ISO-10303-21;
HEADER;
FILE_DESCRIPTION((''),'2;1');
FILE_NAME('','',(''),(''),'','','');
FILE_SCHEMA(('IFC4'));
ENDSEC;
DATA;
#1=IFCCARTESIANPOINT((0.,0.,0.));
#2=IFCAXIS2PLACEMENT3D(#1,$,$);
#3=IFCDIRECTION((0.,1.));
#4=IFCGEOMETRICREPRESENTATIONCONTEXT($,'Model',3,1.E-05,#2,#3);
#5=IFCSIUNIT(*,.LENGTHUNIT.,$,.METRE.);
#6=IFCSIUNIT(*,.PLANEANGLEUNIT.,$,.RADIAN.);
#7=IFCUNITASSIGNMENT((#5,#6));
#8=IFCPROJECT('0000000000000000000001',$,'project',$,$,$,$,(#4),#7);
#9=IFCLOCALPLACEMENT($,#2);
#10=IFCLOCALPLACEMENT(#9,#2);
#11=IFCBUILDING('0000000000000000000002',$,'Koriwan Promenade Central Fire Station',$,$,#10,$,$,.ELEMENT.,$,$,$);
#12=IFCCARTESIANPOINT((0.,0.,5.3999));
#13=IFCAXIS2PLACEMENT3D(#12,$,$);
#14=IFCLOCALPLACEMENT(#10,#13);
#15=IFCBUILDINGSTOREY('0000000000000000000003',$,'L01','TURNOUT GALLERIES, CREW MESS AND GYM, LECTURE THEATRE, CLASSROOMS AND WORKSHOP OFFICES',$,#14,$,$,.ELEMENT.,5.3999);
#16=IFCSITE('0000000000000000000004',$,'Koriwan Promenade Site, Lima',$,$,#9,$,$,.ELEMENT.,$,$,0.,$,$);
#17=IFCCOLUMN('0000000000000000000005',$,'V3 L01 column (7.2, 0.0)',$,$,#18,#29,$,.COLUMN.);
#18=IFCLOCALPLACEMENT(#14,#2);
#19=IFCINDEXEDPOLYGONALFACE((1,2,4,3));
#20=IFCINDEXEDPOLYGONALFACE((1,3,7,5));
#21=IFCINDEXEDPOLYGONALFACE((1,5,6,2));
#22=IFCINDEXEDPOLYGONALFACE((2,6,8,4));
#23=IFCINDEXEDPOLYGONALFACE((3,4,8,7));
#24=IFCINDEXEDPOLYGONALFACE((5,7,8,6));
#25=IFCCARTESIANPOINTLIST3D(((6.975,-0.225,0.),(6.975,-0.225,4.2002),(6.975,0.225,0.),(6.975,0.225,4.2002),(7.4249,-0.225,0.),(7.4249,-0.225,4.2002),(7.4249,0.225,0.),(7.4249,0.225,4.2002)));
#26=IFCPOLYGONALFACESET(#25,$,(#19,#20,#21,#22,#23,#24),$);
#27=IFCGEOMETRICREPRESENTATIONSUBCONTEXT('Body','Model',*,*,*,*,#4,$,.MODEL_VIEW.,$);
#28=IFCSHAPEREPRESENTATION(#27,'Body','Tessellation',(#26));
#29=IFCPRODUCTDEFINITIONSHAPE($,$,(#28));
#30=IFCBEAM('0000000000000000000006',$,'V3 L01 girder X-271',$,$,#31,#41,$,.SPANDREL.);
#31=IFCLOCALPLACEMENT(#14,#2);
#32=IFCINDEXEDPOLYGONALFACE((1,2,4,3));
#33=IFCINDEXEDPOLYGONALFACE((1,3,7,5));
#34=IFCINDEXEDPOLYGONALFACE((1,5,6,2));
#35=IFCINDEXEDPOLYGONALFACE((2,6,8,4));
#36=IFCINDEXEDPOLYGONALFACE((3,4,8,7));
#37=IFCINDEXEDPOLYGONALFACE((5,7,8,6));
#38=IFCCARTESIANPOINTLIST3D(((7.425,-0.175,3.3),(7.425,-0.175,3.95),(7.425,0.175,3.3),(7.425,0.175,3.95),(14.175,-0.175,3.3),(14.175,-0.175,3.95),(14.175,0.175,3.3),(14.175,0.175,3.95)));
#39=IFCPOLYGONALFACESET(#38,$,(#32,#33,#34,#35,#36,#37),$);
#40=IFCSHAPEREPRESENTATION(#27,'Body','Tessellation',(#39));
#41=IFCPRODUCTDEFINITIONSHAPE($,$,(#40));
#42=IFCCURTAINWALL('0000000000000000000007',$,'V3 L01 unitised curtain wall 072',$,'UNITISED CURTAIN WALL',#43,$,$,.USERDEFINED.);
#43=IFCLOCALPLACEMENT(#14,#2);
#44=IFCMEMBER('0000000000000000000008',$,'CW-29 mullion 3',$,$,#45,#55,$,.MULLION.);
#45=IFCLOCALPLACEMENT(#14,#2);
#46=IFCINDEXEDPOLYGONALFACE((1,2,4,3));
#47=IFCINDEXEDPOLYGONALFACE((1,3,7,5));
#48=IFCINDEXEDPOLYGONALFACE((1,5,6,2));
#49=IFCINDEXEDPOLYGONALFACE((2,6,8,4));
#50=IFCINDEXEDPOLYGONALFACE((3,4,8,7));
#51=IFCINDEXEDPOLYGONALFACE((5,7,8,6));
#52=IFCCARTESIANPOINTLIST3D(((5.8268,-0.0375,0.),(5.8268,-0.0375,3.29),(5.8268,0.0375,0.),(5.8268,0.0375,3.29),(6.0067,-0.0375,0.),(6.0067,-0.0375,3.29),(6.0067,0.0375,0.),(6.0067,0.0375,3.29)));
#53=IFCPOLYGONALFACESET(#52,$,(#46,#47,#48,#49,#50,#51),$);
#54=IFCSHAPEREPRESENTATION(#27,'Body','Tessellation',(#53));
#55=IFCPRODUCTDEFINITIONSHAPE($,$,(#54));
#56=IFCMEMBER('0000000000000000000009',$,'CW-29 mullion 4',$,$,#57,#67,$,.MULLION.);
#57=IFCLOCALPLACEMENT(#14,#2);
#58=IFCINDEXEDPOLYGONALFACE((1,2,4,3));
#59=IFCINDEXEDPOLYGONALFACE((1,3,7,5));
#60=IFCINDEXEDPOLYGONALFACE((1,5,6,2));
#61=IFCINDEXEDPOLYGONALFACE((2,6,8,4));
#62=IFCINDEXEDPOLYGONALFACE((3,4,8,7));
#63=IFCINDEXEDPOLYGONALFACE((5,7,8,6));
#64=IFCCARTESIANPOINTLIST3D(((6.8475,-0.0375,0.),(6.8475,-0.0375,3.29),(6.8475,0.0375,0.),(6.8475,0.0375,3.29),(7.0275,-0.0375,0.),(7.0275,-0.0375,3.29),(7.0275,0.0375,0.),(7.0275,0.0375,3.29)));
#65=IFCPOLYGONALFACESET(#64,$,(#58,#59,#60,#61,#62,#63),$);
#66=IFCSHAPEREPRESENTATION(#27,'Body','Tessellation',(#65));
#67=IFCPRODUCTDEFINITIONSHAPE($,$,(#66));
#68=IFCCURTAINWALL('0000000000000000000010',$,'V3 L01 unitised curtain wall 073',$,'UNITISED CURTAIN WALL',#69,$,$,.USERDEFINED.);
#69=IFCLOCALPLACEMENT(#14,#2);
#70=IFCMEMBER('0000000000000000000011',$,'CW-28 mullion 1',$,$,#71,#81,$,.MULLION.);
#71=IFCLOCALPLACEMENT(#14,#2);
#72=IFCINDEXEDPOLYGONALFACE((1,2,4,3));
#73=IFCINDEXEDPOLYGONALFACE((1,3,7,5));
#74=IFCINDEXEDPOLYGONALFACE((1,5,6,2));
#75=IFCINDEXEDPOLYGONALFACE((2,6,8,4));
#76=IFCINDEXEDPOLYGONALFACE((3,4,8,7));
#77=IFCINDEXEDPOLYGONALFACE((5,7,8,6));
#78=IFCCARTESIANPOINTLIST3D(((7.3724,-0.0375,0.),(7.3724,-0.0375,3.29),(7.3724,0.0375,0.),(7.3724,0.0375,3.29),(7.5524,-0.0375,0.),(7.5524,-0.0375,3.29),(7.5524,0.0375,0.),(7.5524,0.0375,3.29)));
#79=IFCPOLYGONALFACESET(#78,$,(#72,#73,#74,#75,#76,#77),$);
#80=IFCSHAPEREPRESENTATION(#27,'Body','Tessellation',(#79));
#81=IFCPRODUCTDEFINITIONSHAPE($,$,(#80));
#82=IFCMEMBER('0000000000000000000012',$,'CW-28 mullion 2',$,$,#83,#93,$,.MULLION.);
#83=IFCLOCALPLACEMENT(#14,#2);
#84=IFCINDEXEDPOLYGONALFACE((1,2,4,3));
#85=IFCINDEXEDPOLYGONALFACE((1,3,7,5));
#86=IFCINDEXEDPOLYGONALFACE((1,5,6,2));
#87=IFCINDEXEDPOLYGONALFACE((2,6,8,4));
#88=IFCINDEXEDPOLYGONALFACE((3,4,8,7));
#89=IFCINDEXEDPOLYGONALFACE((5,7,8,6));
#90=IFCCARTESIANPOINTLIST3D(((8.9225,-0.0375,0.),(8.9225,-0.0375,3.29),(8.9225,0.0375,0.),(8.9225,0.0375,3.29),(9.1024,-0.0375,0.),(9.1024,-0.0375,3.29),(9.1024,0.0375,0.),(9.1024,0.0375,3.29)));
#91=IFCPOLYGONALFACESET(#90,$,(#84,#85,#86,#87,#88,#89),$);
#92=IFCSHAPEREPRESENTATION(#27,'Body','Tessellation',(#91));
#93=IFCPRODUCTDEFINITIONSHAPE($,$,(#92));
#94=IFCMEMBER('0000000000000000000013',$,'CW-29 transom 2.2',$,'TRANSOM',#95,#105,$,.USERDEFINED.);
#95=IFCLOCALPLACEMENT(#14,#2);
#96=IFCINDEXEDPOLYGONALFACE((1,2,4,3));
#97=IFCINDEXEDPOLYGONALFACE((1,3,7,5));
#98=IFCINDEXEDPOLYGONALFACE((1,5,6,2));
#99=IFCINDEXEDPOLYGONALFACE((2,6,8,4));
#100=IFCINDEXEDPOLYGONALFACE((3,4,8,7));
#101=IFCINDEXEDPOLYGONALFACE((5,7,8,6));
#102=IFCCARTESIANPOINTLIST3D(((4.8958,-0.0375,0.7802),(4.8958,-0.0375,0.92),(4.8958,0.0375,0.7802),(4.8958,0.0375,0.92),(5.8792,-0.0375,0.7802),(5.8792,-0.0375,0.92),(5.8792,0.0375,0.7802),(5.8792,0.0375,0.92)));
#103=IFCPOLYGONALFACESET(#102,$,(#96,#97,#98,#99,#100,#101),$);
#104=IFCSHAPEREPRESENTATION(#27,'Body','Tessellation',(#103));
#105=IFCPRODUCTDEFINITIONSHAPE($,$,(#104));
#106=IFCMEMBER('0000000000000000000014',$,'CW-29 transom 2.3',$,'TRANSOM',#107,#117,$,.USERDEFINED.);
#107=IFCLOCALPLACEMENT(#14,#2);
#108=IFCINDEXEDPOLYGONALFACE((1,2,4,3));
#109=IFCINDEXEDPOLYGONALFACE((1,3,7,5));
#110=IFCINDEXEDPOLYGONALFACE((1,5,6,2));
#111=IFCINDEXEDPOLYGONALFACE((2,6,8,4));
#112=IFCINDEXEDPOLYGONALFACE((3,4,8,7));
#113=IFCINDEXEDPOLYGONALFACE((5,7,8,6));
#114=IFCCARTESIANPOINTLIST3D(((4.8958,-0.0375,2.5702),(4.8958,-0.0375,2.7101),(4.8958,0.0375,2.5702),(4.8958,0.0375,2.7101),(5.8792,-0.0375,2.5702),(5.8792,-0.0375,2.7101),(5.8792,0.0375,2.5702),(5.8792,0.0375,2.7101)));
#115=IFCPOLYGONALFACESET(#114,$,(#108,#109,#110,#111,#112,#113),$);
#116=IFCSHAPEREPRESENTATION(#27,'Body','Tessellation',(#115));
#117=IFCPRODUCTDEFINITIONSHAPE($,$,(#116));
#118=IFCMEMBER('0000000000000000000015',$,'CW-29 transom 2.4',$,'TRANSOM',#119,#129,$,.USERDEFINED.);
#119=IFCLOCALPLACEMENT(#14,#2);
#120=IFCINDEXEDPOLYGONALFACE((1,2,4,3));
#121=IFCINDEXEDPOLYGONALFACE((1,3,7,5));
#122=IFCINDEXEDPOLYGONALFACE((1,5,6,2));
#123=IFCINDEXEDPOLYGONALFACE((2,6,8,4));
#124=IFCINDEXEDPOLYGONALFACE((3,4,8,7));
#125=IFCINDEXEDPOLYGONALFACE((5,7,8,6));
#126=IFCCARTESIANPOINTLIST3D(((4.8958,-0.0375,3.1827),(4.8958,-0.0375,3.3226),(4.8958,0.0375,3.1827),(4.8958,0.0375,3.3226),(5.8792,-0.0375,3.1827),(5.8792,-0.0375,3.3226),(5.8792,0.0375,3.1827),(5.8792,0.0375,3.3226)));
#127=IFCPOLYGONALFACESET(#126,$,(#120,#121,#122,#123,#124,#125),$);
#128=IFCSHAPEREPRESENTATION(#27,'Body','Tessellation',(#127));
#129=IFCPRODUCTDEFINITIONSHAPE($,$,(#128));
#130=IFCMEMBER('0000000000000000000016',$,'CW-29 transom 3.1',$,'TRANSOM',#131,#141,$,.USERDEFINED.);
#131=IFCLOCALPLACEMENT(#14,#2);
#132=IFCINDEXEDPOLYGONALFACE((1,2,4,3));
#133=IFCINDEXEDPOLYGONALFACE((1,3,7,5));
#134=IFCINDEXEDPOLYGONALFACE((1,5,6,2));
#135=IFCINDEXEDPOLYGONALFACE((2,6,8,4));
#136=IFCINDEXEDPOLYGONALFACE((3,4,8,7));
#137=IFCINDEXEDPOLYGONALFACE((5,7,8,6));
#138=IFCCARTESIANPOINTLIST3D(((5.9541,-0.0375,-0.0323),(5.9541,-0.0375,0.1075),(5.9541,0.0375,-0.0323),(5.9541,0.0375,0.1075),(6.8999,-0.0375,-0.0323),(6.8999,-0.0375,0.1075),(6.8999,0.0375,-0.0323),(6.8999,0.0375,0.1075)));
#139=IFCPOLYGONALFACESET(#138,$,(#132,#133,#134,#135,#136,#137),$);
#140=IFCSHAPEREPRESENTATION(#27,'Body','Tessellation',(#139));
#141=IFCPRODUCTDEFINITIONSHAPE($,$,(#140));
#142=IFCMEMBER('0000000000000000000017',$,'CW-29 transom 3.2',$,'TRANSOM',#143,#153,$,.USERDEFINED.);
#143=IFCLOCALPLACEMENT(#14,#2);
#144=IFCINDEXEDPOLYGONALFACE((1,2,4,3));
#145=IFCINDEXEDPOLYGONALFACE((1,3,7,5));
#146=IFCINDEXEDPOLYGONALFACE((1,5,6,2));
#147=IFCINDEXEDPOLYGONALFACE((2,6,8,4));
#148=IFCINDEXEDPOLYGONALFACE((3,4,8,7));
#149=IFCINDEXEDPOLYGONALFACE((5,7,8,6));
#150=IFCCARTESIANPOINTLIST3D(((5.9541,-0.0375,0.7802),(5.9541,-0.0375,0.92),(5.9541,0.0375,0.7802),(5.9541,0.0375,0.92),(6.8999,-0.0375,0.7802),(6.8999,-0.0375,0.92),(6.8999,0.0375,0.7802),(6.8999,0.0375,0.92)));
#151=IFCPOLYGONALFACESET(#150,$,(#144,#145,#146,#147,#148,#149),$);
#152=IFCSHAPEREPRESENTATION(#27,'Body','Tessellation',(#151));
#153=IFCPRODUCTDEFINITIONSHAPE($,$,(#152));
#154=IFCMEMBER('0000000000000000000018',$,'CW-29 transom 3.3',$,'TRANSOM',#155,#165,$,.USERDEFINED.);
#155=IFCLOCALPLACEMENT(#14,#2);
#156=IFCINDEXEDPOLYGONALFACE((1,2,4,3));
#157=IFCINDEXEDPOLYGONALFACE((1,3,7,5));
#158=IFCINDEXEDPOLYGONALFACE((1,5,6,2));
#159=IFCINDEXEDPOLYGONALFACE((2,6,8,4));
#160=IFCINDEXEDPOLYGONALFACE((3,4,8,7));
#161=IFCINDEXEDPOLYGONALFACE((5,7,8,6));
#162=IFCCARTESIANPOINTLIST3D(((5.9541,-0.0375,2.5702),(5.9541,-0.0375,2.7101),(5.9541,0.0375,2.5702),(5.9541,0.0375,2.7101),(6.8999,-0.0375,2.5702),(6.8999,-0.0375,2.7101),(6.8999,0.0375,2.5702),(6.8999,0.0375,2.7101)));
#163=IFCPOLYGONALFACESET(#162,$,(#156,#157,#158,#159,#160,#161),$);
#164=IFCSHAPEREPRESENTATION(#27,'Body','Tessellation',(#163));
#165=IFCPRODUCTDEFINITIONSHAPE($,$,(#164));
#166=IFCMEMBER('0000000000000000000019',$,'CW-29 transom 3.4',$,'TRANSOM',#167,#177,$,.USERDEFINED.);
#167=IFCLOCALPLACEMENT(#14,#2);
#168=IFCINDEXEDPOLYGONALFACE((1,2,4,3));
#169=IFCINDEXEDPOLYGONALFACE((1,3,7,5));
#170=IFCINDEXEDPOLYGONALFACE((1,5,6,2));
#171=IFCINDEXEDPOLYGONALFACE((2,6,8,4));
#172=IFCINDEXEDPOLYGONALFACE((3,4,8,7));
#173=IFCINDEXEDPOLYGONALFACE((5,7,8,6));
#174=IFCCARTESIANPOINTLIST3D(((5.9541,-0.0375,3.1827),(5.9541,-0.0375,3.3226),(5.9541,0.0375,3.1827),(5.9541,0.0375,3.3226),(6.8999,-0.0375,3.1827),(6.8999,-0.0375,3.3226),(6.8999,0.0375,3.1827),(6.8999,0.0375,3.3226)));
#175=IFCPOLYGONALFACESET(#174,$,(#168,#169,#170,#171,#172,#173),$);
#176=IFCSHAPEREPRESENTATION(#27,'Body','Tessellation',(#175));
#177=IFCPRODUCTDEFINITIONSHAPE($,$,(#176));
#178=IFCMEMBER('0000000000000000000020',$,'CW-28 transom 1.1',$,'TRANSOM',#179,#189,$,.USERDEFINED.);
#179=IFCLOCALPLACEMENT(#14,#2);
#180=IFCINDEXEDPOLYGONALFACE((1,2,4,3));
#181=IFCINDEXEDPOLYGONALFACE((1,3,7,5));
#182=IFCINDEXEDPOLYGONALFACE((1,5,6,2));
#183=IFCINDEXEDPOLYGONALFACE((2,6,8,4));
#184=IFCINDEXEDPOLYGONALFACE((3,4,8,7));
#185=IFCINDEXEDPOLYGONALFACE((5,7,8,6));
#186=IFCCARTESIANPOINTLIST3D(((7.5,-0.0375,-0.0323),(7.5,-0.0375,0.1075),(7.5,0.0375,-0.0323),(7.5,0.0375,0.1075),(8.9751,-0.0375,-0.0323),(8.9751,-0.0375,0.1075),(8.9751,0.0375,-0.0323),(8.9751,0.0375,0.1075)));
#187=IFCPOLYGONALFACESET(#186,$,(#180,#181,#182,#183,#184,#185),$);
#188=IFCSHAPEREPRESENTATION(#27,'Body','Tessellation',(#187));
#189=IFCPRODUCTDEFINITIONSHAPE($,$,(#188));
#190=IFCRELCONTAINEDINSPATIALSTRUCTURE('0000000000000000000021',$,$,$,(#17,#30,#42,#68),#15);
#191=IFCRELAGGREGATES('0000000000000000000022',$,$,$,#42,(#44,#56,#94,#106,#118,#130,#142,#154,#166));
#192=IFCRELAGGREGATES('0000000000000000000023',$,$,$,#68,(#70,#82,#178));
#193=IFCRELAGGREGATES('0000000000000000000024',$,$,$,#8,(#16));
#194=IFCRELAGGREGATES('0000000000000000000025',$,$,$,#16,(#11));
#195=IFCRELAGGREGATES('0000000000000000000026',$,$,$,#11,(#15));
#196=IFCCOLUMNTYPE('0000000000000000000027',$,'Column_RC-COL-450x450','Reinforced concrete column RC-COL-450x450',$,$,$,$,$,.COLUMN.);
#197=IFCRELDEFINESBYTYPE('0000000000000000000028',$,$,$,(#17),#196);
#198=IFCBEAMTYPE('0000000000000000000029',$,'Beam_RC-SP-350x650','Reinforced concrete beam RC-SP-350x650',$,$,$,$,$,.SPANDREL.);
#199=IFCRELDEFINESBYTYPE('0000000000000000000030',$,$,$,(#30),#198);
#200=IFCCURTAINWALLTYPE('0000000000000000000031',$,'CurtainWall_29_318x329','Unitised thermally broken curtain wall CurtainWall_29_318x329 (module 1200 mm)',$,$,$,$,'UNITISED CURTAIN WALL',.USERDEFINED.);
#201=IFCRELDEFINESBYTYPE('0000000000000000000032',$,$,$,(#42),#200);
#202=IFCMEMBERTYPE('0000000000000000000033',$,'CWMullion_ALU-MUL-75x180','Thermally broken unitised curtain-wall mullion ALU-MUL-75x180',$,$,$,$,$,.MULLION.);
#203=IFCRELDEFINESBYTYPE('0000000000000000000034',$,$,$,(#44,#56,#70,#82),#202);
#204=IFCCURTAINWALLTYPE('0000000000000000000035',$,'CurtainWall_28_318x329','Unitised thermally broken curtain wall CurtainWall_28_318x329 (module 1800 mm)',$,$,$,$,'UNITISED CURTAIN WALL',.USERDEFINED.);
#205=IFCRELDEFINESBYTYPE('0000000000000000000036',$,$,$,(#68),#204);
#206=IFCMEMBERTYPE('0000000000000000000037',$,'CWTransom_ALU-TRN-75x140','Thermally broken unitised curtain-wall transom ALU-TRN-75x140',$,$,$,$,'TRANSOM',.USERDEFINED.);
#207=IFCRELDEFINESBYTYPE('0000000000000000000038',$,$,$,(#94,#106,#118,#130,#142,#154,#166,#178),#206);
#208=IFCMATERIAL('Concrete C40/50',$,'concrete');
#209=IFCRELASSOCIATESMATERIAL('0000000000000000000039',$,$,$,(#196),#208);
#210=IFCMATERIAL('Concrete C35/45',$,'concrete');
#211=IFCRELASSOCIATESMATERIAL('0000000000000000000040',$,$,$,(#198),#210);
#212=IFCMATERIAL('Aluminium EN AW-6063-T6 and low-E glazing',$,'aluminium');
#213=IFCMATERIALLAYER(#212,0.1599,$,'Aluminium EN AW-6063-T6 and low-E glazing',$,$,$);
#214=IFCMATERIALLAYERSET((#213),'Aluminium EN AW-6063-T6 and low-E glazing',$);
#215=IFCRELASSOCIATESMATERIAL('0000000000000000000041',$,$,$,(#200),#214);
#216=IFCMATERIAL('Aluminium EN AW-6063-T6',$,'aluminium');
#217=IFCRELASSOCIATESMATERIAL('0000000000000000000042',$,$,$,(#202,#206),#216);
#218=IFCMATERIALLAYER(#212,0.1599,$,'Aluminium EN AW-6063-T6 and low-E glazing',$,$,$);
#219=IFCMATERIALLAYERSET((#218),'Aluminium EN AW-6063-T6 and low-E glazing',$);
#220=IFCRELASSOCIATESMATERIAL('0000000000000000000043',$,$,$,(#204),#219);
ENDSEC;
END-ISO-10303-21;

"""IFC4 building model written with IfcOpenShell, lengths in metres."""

from ifc_helpers import new_model, si_unit, direction, frame, origin, origin_2d, place, context, subcontext, project, spatial, rectangle, extrude, material, layer, layer_set, material_profile, profile_set, type_object, element, aggregate, save


model = new_model("IFC4")

# Units and contexts
model_context = context("Model", 3, precision=1e-05, world=origin(), true_north=direction((0.0, 1.0)))
body_context = subcontext(model_context, "Body", "Model", "MODEL_VIEW")
ifc_project = project(units=[si_unit("LENGTHUNIT", "METRE"), si_unit("PLANEANGLEUNIT", "RADIAN")], contexts=[model_context])

# Site, building, storey
site_placement = place(None, origin())
site = spatial("IfcSite", under=ifc_project, at=site_placement, Name="Koriwan Promenade Site, Lima", CompositionType="ELEMENT", RefElevation=0.0)
building_placement = place(site_placement, origin())
building = spatial("IfcBuilding", under=site, at=building_placement, Name="Koriwan Promenade Central Fire Station", CompositionType="ELEMENT")
storey_placement = place(building_placement, frame((0.0, 0.0, 5.3999)))
storey = spatial("IfcBuildingStorey", under=building, at=storey_placement, Name="L01", Description="TURNOUT GALLERIES, CREW MESS AND GYM, LECTURE THEATRE, CLASSROOMS AND WORKSHOP OFFICES", CompositionType="ELEMENT", Elevation=5.3999)

# Column
ifc_material_1 = material(Name="Concrete C40/50", Category="concrete")
ifc_material_profile_1 = material_profile(ifc_material_1, rectangle(XDim=0.45, YDim=0.45, at=origin_2d()), Name="RC-COL-450x450")
ifc_profile_set_1 = profile_set([ifc_material_profile_1], Name="Concrete C40/50")
column_type = type_object("IfcColumnType", Name="Column_RC-COL-450x450", Description="Reinforced concrete column RC-COL-450x450", PredefinedType="COLUMN", material=ifc_profile_set_1)
column_placement = place(storey_placement, frame((7.2, 0.0, 0.0), z_axis=(0.0, 0.0, 1.0), x_axis=(1.0, 0.0, 0.0)))
element("IfcColumn", 1, at=column_placement, inside=storey, type_object=column_type, Name="V3 L01 column (7.2, 0.0)", PredefinedType="COLUMN", context=body_context, shape_type="SweptSolid", body=[
    extrude(rectangle(XDim=0.45, YDim=0.45, at=origin_2d()), origin(), (0.0, 0.0, 1.0), 4.2002),
])

# Beam
ifc_material_2 = material(Name="Concrete C35/45", Category="concrete")
ifc_material_profile_2 = material_profile(ifc_material_2, rectangle(XDim=0.3501, YDim=0.6499, at=origin_2d()), Name="RC-SP-350x650")
ifc_profile_set_2 = profile_set([ifc_material_profile_2], Name="Concrete C35/45")
beam_type_1 = type_object("IfcBeamType", Name="Beam_RC-SP-350x650", Description="Reinforced concrete beam RC-SP-350x650", PredefinedType="SPANDREL", material=ifc_profile_set_2)
beam_1_placement = place(storey_placement, frame((7.425, 0.0, 3.625), z_axis=(1.0, 0.0, 0.0), x_axis=(0.0, 1.0, 0.0)))
element("IfcBeam", 2, at=beam_1_placement, inside=storey, type_object=beam_type_1, Name="V3 L01 girder X-271", PredefinedType="SPANDREL", context=body_context, shape_type="SweptSolid", body=[
    extrude(rectangle(XDim=0.3501, YDim=0.6499, at=origin_2d()), origin(), (0.0, 0.0, 1.0), 6.75),
])

# Curtain walls, members
ifc_material_3 = material(Name="Aluminium EN AW-6063-T6 and low-E glazing", Category="aluminium")
ifc_layer_1 = layer(ifc_material_3, 0.1599, Name="Aluminium EN AW-6063-T6 and low-E glazing")
ifc_layer_set_1 = layer_set([ifc_layer_1], Name="Aluminium EN AW-6063-T6 and low-E glazing")
curtain_wall_type_1 = type_object("IfcCurtainWallType", Name="CurtainWall_29_318x329", Description="Unitised thermally broken curtain wall CurtainWall_29_318x329 (module 1200 mm)", ElementType="UNITISED CURTAIN WALL", PredefinedType="USERDEFINED", material=ifc_layer_set_1)
curtain_wall_1_placement = place(storey_placement, origin())
curtain_wall_1 = element("IfcCurtainWall", 3, at=curtain_wall_1_placement, inside=storey, type_object=curtain_wall_type_1, Name="V3 L01 unitised curtain wall 072", ObjectType="UNITISED CURTAIN WALL", PredefinedType="USERDEFINED")
ifc_material_4 = material(Name="Aluminium EN AW-6063-T6", Category="aluminium")
ifc_material_profile_3 = material_profile(ifc_material_4, rectangle(XDim=0.075, YDim=0.1799, at=origin_2d()), Name="ALU-MUL-75x180")
ifc_profile_set_3 = profile_set([ifc_material_profile_3], Name="Aluminium EN AW-6063-T6")
member_type_1 = type_object("IfcMemberType", Name="CWMullion_ALU-MUL-75x180", Description="Thermally broken unitised curtain-wall mullion ALU-MUL-75x180", PredefinedType="MULLION", material=ifc_profile_set_3)
member_1_placement = place(storey_placement, frame((5.9167, 0.0, 0.0), z_axis=(0.0, 0.0, 1.0), x_axis=(0.0, 1.0, 0.0)))
member_1 = element("IfcMember", 4, at=member_1_placement, type_object=member_type_1, Name="CW-29 mullion 3", PredefinedType="MULLION", context=body_context, shape_type="SweptSolid", body=[
    extrude(rectangle(XDim=0.075, YDim=0.1799, at=origin_2d()), origin(), (0.0, 0.0, 1.0), 3.29),
])
member_2_placement = place(storey_placement, frame((6.9375, 0.0, 0.0), z_axis=(0.0, 0.0, 1.0), x_axis=(0.0, 1.0, 0.0)))
member_2 = element("IfcMember", 5, at=member_2_placement, type_object=member_type_1, Name="CW-29 mullion 4", PredefinedType="MULLION", context=body_context, shape_type="SweptSolid", body=[
    extrude(rectangle(XDim=0.075, YDim=0.1799, at=origin_2d()), origin(), (0.0, 0.0, 1.0), 3.29),
])
ifc_layer_2 = layer(ifc_material_3, 0.1599, Name="Aluminium EN AW-6063-T6 and low-E glazing")
ifc_layer_set_2 = layer_set([ifc_layer_2], Name="Aluminium EN AW-6063-T6 and low-E glazing")
curtain_wall_type_2 = type_object("IfcCurtainWallType", Name="CurtainWall_28_318x329", Description="Unitised thermally broken curtain wall CurtainWall_28_318x329 (module 1800 mm)", ElementType="UNITISED CURTAIN WALL", PredefinedType="USERDEFINED", material=ifc_layer_set_2)
curtain_wall_2_placement = place(storey_placement, origin())
curtain_wall_2 = element("IfcCurtainWall", 6, at=curtain_wall_2_placement, inside=storey, type_object=curtain_wall_type_2, Name="V3 L01 unitised curtain wall 073", ObjectType="UNITISED CURTAIN WALL", PredefinedType="USERDEFINED")
member_3_placement = place(storey_placement, frame((7.4624, 0.0, 0.0), z_axis=(0.0, 0.0, 1.0), x_axis=(0.0, 1.0, 0.0)))
member_3 = element("IfcMember", 7, at=member_3_placement, type_object=member_type_1, Name="CW-28 mullion 1", PredefinedType="MULLION", context=body_context, shape_type="SweptSolid", body=[
    extrude(rectangle(XDim=0.075, YDim=0.1799, at=origin_2d()), origin(), (0.0, 0.0, 1.0), 3.29),
])
member_4_placement = place(storey_placement, frame((9.0125, 0.0, 0.0), z_axis=(0.0, 0.0, 1.0), x_axis=(0.0, 1.0, 0.0)))
member_4 = element("IfcMember", 8, at=member_4_placement, type_object=member_type_1, Name="CW-28 mullion 2", PredefinedType="MULLION", context=body_context, shape_type="SweptSolid", body=[
    extrude(rectangle(XDim=0.075, YDim=0.1799, at=origin_2d()), origin(), (0.0, 0.0, 1.0), 3.29),
])

# Members
ifc_material_profile_4 = material_profile(ifc_material_4, rectangle(XDim=0.075, YDim=0.1399, at=origin_2d()), Name="ALU-TRN-75x140")
ifc_profile_set_4 = profile_set([ifc_material_profile_4], Name="Aluminium EN AW-6063-T6")
member_type_2 = type_object("IfcMemberType", Name="CWTransom_ALU-TRN-75x140", Description="Thermally broken unitised curtain-wall transom ALU-TRN-75x140", ElementType="TRANSOM", PredefinedType="USERDEFINED", material=ifc_profile_set_4)
member_5_placement = place(storey_placement, frame((4.8958, 0.0, 0.8501), z_axis=(1.0, 0.0, 0.0), x_axis=(0.0, 1.0, 0.0)))
member_5 = element("IfcMember", 9, at=member_5_placement, type_object=member_type_2, Name="CW-29 transom 2.2", ObjectType="TRANSOM", PredefinedType="USERDEFINED", context=body_context, shape_type="SweptSolid", body=[
    extrude(rectangle(XDim=0.075, YDim=0.1399, at=origin_2d()), origin(), (0.0, 0.0, 1.0), 0.9834),
])
member_6_placement = place(storey_placement, frame((4.8958, 0.0, 2.6401), z_axis=(1.0, 0.0, 0.0), x_axis=(0.0, 1.0, 0.0)))
member_6 = element("IfcMember", 10, at=member_6_placement, type_object=member_type_2, Name="CW-29 transom 2.3", ObjectType="TRANSOM", PredefinedType="USERDEFINED", context=body_context, shape_type="SweptSolid", body=[
    extrude(rectangle(XDim=0.075, YDim=0.1399, at=origin_2d()), origin(), (0.0, 0.0, 1.0), 0.9834),
])
member_7_placement = place(storey_placement, frame((4.8958, 0.0, 3.2527), z_axis=(1.0, 0.0, 0.0), x_axis=(0.0, 1.0, 0.0)))
member_7 = element("IfcMember", 11, at=member_7_placement, type_object=member_type_2, Name="CW-29 transom 2.4", ObjectType="TRANSOM", PredefinedType="USERDEFINED", context=body_context, shape_type="SweptSolid", body=[
    extrude(rectangle(XDim=0.075, YDim=0.1399, at=origin_2d()), origin(), (0.0, 0.0, 1.0), 0.9834),
])
member_8_placement = place(storey_placement, frame((5.9541, 0.0, 0.0376), z_axis=(1.0, 0.0, 0.0), x_axis=(0.0, 1.0, 0.0)))
member_8 = element("IfcMember", 12, at=member_8_placement, type_object=member_type_2, Name="CW-29 transom 3.1", ObjectType="TRANSOM", PredefinedType="USERDEFINED", context=body_context, shape_type="SweptSolid", body=[
    extrude(rectangle(XDim=0.075, YDim=0.1399, at=origin_2d()), origin(), (0.0, 0.0, 1.0), 0.9458),
])
member_9_placement = place(storey_placement, frame((5.9541, 0.0, 0.8501), z_axis=(1.0, 0.0, 0.0), x_axis=(0.0, 1.0, 0.0)))
member_9 = element("IfcMember", 13, at=member_9_placement, type_object=member_type_2, Name="CW-29 transom 3.2", ObjectType="TRANSOM", PredefinedType="USERDEFINED", context=body_context, shape_type="SweptSolid", body=[
    extrude(rectangle(XDim=0.075, YDim=0.1399, at=origin_2d()), origin(), (0.0, 0.0, 1.0), 0.9458),
])
member_10_placement = place(storey_placement, frame((5.9541, 0.0, 2.6401), z_axis=(1.0, 0.0, 0.0), x_axis=(0.0, 1.0, 0.0)))
member_10 = element("IfcMember", 14, at=member_10_placement, type_object=member_type_2, Name="CW-29 transom 3.3", ObjectType="TRANSOM", PredefinedType="USERDEFINED", context=body_context, shape_type="SweptSolid", body=[
    extrude(rectangle(XDim=0.075, YDim=0.1399, at=origin_2d()), origin(), (0.0, 0.0, 1.0), 0.9458),
])
member_11_placement = place(storey_placement, frame((5.9541, 0.0, 3.2527), z_axis=(1.0, 0.0, 0.0), x_axis=(0.0, 1.0, 0.0)))
member_11 = element("IfcMember", 15, at=member_11_placement, type_object=member_type_2, Name="CW-29 transom 3.4", ObjectType="TRANSOM", PredefinedType="USERDEFINED", context=body_context, shape_type="SweptSolid", body=[
    extrude(rectangle(XDim=0.075, YDim=0.1399, at=origin_2d()), origin(), (0.0, 0.0, 1.0), 0.9458),
])
member_12_placement = place(storey_placement, frame((7.5, 0.0, 0.0376), z_axis=(1.0, 0.0, 0.0), x_axis=(0.0, 1.0, 0.0)))
member_12 = element("IfcMember", 16, at=member_12_placement, type_object=member_type_2, Name="CW-28 transom 1.1", ObjectType="TRANSOM", PredefinedType="USERDEFINED", context=body_context, shape_type="SweptSolid", body=[
    extrude(rectangle(XDim=0.075, YDim=0.1399, at=origin_2d()), origin(), (0.0, 0.0, 1.0), 1.4751),
])

aggregate(curtain_wall_1, [member_1, member_2, member_5, member_6, member_7, member_8, member_9, member_10, member_11])
aggregate(curtain_wall_2, [member_3, member_4, member_12])

save(model, "model.ifc")
